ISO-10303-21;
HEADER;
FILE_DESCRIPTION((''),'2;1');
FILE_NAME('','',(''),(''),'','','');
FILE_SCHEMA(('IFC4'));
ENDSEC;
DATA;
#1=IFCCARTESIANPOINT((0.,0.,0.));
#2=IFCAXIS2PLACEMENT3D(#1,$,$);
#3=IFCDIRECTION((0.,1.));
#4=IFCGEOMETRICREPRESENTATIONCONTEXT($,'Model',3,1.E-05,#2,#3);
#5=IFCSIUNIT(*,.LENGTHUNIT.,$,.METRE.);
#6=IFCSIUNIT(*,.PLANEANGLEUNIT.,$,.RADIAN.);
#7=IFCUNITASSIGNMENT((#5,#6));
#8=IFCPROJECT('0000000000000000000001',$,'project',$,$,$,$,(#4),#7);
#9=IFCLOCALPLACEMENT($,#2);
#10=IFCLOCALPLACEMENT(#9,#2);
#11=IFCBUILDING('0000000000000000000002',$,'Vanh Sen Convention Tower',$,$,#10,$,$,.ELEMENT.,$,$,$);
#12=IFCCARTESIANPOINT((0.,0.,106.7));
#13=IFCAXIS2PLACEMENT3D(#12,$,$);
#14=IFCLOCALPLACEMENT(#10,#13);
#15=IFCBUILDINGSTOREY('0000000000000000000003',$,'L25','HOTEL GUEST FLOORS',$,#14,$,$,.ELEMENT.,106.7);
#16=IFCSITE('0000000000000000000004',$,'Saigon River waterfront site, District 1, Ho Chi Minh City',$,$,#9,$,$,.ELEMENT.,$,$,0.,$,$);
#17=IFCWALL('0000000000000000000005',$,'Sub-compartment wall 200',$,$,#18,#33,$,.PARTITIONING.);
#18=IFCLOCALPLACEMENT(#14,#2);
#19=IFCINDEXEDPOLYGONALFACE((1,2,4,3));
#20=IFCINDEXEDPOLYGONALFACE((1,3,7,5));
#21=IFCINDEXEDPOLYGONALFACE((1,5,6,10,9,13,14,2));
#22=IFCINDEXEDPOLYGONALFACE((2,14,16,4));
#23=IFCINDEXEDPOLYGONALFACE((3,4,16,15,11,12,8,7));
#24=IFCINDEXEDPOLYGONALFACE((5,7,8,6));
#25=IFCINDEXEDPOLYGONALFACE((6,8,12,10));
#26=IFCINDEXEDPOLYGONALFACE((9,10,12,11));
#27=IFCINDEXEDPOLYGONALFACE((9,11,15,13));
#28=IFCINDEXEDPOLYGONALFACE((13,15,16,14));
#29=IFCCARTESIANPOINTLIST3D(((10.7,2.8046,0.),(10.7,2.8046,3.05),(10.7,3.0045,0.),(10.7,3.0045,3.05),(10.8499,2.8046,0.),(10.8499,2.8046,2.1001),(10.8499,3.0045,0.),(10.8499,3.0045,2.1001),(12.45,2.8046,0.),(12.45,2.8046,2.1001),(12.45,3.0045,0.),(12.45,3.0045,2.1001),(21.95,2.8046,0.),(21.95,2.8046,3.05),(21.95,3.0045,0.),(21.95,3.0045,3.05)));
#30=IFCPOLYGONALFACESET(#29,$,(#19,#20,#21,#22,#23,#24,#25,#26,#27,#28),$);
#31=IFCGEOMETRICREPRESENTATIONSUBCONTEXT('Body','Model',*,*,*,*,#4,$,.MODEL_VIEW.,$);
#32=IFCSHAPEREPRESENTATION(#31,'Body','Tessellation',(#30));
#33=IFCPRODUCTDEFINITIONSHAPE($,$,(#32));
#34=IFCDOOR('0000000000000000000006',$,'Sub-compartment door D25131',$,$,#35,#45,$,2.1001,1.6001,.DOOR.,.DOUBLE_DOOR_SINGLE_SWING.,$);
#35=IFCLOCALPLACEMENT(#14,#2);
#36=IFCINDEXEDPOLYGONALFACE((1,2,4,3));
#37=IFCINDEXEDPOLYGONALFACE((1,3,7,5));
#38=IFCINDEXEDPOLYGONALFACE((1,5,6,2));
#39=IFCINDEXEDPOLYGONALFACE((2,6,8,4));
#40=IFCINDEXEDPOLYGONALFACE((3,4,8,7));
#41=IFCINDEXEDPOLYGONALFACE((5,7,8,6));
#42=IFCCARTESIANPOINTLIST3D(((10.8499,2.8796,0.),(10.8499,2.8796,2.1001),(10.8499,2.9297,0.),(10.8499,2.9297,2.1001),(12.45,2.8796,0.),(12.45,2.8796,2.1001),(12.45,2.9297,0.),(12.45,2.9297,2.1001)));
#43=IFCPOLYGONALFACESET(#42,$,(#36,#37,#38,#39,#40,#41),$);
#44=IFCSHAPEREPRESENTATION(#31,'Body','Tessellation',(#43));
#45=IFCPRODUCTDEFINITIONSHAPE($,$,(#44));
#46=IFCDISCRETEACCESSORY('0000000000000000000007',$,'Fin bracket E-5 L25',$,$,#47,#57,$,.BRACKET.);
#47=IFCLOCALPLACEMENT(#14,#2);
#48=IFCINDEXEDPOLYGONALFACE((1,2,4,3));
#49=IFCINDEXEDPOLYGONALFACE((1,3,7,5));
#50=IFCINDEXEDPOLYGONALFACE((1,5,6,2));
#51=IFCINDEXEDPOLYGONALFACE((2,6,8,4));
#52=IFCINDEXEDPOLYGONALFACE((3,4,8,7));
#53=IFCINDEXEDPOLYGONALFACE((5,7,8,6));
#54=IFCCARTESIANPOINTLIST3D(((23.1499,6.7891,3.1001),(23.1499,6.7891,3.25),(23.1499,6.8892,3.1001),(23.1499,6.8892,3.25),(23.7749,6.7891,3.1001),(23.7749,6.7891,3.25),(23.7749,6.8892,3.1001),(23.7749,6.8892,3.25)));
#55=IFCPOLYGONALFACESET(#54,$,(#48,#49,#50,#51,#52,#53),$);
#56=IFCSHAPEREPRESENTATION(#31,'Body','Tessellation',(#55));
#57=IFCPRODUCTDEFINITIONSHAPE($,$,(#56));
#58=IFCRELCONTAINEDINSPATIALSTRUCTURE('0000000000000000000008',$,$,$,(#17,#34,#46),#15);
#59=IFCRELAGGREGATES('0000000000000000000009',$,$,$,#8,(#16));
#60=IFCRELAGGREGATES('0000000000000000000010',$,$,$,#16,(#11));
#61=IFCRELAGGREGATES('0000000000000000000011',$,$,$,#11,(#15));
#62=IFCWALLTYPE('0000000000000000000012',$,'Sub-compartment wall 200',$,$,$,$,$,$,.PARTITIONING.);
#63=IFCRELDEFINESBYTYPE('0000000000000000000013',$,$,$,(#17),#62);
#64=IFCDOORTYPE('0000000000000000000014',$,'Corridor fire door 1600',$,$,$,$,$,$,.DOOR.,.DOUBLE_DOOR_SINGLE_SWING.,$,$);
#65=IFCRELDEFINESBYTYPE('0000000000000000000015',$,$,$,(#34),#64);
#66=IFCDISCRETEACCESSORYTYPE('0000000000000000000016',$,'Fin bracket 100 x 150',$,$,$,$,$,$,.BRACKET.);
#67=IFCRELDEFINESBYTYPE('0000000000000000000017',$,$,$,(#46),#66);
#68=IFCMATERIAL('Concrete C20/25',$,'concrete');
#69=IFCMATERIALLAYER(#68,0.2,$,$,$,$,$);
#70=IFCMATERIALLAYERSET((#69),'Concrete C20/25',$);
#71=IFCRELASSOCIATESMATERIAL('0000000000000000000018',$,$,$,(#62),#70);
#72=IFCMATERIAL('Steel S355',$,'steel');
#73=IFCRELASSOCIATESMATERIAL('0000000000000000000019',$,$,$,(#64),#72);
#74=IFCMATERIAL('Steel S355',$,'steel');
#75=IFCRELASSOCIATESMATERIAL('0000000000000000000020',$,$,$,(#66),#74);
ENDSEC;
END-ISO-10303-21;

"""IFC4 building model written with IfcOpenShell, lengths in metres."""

from ifc_helpers import new_model, si_unit, direction, frame, frame_2d, origin, origin_2d, place, context, subcontext, project, spatial, rectangle, extrude, material, layer, layer_set, type_object, element, fill, save


model = new_model("IFC4")

# Units and contexts
model_context = context("Model", 3, precision=1e-05, world=origin(), true_north=direction((0.0, 1.0)))
body_context = subcontext(model_context, "Body", "Model", "MODEL_VIEW")
ifc_project = project(units=[si_unit("LENGTHUNIT", "METRE"), si_unit("PLANEANGLEUNIT", "RADIAN")], contexts=[model_context])

# Site, building, storey
site_placement = place(None, origin())
site = spatial("IfcSite", under=ifc_project, at=site_placement, Name="Saigon River waterfront site, District 1, Ho Chi Minh City", CompositionType="ELEMENT", RefElevation=0.0)
building_placement = place(site_placement, origin())
building = spatial("IfcBuilding", under=site, at=building_placement, Name="Vanh Sen Convention Tower", CompositionType="ELEMENT")
storey_placement = place(building_placement, frame((0.0, 0.0, 106.7)))
storey = spatial("IfcBuildingStorey", under=building, at=storey_placement, Name="L25", Description="HOTEL GUEST FLOORS", CompositionType="ELEMENT", Elevation=106.7)

# Wall, opening, door
ifc_material_1 = material(Name="Concrete C20/25", Category="concrete")
ifc_layer_1 = layer(ifc_material_1, 0.2)
ifc_layer_set_1 = layer_set([ifc_layer_1], Name="Concrete C20/25")
wall_type_1 = type_object("IfcWallType", Name="Sub-compartment wall 200", PredefinedType="PARTITIONING", material=ifc_layer_set_1)
wall_1_placement = place(storey_placement, frame((21.95, 2.9045, 0.0), z_axis=(0.0, 0.0, 1.0), x_axis=(-1.0, 0.0, 0.0)))
wall_1 = element("IfcWall", 1, at=wall_1_placement, inside=storey, type_object=wall_type_1, Name="Sub-compartment wall 200", PredefinedType="PARTITIONING", context=body_context, shape_type="SweptSolid", body=[
    extrude(rectangle(XDim=11.25, YDim=0.2, at=frame_2d((5.625, 0.0))), origin(), (0.0, 0.0, 1.0), 3.05),
])
opening_1_placement = place(wall_1_placement, frame((9.5, 0.0, 0.0)))
opening_1 = element("IfcOpeningElement", 2, at=opening_1_placement, cuts=wall_1, PredefinedType="OPENING", context=body_context, shape_type="SweptSolid", body=[
    extrude(rectangle(XDim=1.6001, YDim=2.1001, at=frame_2d((0.8, 1.05))), frame((0.0, 0.1099, 0.0), z_axis=(0.0, -1.0, 0.0), x_axis=(1.0, 0.0, 0.0)), (0.0, 0.0, 1.0), 0.22),
])
ifc_material_2 = material(Name="Steel S355", Category="steel")
door_type_1 = type_object("IfcDoorType", Name="Corridor fire door 1600", OperationType="DOUBLE_DOOR_SINGLE_SWING", PredefinedType="DOOR", material=ifc_material_2)
door_1_placement = place(opening_1_placement, origin())
door_1 = element("IfcDoor", 3, at=door_1_placement, inside=storey, type_object=door_type_1, Name="Sub-compartment door D25131", OperationType="DOUBLE_DOOR_SINGLE_SWING", OverallHeight=2.1001, OverallWidth=1.6001, PredefinedType="DOOR", context=body_context, shape_type="SweptSolid", body=[
    extrude(rectangle(XDim=1.6001, YDim=2.1001, at=frame_2d((0.8, 1.05))), frame((0.0, 0.0249, 0.0), z_axis=(0.0, -1.0, 0.0), x_axis=(1.0, 0.0, 0.0)), (0.0, 0.0, 1.0), 0.05),
])
fill(opening_1, door_1)

# Discrete accessory
ifc_material_3 = material(Name="Steel S355", Category="steel")
discrete_accessory_type = type_object("IfcDiscreteAccessoryType", Name="Fin bracket 100 x 150", PredefinedType="BRACKET", material=ifc_material_3)
discrete_accessory_placement = place(storey_placement, frame((23.4624, 6.8391, 3.1001), z_axis=(0.0, 0.0, 1.0), x_axis=(1.0, 0.0, 0.0)))
element("IfcDiscreteAccessory", 4, at=discrete_accessory_placement, inside=storey, type_object=discrete_accessory_type, Name="Fin bracket E-5 L25", PredefinedType="BRACKET", context=body_context, shape_type="SweptSolid", body=[
    extrude(rectangle(XDim=0.625, YDim=0.1001, at=origin_2d()), origin(), (0.0, 0.0, 1.0), 0.1499),
])

save(model, "model.ifc")
